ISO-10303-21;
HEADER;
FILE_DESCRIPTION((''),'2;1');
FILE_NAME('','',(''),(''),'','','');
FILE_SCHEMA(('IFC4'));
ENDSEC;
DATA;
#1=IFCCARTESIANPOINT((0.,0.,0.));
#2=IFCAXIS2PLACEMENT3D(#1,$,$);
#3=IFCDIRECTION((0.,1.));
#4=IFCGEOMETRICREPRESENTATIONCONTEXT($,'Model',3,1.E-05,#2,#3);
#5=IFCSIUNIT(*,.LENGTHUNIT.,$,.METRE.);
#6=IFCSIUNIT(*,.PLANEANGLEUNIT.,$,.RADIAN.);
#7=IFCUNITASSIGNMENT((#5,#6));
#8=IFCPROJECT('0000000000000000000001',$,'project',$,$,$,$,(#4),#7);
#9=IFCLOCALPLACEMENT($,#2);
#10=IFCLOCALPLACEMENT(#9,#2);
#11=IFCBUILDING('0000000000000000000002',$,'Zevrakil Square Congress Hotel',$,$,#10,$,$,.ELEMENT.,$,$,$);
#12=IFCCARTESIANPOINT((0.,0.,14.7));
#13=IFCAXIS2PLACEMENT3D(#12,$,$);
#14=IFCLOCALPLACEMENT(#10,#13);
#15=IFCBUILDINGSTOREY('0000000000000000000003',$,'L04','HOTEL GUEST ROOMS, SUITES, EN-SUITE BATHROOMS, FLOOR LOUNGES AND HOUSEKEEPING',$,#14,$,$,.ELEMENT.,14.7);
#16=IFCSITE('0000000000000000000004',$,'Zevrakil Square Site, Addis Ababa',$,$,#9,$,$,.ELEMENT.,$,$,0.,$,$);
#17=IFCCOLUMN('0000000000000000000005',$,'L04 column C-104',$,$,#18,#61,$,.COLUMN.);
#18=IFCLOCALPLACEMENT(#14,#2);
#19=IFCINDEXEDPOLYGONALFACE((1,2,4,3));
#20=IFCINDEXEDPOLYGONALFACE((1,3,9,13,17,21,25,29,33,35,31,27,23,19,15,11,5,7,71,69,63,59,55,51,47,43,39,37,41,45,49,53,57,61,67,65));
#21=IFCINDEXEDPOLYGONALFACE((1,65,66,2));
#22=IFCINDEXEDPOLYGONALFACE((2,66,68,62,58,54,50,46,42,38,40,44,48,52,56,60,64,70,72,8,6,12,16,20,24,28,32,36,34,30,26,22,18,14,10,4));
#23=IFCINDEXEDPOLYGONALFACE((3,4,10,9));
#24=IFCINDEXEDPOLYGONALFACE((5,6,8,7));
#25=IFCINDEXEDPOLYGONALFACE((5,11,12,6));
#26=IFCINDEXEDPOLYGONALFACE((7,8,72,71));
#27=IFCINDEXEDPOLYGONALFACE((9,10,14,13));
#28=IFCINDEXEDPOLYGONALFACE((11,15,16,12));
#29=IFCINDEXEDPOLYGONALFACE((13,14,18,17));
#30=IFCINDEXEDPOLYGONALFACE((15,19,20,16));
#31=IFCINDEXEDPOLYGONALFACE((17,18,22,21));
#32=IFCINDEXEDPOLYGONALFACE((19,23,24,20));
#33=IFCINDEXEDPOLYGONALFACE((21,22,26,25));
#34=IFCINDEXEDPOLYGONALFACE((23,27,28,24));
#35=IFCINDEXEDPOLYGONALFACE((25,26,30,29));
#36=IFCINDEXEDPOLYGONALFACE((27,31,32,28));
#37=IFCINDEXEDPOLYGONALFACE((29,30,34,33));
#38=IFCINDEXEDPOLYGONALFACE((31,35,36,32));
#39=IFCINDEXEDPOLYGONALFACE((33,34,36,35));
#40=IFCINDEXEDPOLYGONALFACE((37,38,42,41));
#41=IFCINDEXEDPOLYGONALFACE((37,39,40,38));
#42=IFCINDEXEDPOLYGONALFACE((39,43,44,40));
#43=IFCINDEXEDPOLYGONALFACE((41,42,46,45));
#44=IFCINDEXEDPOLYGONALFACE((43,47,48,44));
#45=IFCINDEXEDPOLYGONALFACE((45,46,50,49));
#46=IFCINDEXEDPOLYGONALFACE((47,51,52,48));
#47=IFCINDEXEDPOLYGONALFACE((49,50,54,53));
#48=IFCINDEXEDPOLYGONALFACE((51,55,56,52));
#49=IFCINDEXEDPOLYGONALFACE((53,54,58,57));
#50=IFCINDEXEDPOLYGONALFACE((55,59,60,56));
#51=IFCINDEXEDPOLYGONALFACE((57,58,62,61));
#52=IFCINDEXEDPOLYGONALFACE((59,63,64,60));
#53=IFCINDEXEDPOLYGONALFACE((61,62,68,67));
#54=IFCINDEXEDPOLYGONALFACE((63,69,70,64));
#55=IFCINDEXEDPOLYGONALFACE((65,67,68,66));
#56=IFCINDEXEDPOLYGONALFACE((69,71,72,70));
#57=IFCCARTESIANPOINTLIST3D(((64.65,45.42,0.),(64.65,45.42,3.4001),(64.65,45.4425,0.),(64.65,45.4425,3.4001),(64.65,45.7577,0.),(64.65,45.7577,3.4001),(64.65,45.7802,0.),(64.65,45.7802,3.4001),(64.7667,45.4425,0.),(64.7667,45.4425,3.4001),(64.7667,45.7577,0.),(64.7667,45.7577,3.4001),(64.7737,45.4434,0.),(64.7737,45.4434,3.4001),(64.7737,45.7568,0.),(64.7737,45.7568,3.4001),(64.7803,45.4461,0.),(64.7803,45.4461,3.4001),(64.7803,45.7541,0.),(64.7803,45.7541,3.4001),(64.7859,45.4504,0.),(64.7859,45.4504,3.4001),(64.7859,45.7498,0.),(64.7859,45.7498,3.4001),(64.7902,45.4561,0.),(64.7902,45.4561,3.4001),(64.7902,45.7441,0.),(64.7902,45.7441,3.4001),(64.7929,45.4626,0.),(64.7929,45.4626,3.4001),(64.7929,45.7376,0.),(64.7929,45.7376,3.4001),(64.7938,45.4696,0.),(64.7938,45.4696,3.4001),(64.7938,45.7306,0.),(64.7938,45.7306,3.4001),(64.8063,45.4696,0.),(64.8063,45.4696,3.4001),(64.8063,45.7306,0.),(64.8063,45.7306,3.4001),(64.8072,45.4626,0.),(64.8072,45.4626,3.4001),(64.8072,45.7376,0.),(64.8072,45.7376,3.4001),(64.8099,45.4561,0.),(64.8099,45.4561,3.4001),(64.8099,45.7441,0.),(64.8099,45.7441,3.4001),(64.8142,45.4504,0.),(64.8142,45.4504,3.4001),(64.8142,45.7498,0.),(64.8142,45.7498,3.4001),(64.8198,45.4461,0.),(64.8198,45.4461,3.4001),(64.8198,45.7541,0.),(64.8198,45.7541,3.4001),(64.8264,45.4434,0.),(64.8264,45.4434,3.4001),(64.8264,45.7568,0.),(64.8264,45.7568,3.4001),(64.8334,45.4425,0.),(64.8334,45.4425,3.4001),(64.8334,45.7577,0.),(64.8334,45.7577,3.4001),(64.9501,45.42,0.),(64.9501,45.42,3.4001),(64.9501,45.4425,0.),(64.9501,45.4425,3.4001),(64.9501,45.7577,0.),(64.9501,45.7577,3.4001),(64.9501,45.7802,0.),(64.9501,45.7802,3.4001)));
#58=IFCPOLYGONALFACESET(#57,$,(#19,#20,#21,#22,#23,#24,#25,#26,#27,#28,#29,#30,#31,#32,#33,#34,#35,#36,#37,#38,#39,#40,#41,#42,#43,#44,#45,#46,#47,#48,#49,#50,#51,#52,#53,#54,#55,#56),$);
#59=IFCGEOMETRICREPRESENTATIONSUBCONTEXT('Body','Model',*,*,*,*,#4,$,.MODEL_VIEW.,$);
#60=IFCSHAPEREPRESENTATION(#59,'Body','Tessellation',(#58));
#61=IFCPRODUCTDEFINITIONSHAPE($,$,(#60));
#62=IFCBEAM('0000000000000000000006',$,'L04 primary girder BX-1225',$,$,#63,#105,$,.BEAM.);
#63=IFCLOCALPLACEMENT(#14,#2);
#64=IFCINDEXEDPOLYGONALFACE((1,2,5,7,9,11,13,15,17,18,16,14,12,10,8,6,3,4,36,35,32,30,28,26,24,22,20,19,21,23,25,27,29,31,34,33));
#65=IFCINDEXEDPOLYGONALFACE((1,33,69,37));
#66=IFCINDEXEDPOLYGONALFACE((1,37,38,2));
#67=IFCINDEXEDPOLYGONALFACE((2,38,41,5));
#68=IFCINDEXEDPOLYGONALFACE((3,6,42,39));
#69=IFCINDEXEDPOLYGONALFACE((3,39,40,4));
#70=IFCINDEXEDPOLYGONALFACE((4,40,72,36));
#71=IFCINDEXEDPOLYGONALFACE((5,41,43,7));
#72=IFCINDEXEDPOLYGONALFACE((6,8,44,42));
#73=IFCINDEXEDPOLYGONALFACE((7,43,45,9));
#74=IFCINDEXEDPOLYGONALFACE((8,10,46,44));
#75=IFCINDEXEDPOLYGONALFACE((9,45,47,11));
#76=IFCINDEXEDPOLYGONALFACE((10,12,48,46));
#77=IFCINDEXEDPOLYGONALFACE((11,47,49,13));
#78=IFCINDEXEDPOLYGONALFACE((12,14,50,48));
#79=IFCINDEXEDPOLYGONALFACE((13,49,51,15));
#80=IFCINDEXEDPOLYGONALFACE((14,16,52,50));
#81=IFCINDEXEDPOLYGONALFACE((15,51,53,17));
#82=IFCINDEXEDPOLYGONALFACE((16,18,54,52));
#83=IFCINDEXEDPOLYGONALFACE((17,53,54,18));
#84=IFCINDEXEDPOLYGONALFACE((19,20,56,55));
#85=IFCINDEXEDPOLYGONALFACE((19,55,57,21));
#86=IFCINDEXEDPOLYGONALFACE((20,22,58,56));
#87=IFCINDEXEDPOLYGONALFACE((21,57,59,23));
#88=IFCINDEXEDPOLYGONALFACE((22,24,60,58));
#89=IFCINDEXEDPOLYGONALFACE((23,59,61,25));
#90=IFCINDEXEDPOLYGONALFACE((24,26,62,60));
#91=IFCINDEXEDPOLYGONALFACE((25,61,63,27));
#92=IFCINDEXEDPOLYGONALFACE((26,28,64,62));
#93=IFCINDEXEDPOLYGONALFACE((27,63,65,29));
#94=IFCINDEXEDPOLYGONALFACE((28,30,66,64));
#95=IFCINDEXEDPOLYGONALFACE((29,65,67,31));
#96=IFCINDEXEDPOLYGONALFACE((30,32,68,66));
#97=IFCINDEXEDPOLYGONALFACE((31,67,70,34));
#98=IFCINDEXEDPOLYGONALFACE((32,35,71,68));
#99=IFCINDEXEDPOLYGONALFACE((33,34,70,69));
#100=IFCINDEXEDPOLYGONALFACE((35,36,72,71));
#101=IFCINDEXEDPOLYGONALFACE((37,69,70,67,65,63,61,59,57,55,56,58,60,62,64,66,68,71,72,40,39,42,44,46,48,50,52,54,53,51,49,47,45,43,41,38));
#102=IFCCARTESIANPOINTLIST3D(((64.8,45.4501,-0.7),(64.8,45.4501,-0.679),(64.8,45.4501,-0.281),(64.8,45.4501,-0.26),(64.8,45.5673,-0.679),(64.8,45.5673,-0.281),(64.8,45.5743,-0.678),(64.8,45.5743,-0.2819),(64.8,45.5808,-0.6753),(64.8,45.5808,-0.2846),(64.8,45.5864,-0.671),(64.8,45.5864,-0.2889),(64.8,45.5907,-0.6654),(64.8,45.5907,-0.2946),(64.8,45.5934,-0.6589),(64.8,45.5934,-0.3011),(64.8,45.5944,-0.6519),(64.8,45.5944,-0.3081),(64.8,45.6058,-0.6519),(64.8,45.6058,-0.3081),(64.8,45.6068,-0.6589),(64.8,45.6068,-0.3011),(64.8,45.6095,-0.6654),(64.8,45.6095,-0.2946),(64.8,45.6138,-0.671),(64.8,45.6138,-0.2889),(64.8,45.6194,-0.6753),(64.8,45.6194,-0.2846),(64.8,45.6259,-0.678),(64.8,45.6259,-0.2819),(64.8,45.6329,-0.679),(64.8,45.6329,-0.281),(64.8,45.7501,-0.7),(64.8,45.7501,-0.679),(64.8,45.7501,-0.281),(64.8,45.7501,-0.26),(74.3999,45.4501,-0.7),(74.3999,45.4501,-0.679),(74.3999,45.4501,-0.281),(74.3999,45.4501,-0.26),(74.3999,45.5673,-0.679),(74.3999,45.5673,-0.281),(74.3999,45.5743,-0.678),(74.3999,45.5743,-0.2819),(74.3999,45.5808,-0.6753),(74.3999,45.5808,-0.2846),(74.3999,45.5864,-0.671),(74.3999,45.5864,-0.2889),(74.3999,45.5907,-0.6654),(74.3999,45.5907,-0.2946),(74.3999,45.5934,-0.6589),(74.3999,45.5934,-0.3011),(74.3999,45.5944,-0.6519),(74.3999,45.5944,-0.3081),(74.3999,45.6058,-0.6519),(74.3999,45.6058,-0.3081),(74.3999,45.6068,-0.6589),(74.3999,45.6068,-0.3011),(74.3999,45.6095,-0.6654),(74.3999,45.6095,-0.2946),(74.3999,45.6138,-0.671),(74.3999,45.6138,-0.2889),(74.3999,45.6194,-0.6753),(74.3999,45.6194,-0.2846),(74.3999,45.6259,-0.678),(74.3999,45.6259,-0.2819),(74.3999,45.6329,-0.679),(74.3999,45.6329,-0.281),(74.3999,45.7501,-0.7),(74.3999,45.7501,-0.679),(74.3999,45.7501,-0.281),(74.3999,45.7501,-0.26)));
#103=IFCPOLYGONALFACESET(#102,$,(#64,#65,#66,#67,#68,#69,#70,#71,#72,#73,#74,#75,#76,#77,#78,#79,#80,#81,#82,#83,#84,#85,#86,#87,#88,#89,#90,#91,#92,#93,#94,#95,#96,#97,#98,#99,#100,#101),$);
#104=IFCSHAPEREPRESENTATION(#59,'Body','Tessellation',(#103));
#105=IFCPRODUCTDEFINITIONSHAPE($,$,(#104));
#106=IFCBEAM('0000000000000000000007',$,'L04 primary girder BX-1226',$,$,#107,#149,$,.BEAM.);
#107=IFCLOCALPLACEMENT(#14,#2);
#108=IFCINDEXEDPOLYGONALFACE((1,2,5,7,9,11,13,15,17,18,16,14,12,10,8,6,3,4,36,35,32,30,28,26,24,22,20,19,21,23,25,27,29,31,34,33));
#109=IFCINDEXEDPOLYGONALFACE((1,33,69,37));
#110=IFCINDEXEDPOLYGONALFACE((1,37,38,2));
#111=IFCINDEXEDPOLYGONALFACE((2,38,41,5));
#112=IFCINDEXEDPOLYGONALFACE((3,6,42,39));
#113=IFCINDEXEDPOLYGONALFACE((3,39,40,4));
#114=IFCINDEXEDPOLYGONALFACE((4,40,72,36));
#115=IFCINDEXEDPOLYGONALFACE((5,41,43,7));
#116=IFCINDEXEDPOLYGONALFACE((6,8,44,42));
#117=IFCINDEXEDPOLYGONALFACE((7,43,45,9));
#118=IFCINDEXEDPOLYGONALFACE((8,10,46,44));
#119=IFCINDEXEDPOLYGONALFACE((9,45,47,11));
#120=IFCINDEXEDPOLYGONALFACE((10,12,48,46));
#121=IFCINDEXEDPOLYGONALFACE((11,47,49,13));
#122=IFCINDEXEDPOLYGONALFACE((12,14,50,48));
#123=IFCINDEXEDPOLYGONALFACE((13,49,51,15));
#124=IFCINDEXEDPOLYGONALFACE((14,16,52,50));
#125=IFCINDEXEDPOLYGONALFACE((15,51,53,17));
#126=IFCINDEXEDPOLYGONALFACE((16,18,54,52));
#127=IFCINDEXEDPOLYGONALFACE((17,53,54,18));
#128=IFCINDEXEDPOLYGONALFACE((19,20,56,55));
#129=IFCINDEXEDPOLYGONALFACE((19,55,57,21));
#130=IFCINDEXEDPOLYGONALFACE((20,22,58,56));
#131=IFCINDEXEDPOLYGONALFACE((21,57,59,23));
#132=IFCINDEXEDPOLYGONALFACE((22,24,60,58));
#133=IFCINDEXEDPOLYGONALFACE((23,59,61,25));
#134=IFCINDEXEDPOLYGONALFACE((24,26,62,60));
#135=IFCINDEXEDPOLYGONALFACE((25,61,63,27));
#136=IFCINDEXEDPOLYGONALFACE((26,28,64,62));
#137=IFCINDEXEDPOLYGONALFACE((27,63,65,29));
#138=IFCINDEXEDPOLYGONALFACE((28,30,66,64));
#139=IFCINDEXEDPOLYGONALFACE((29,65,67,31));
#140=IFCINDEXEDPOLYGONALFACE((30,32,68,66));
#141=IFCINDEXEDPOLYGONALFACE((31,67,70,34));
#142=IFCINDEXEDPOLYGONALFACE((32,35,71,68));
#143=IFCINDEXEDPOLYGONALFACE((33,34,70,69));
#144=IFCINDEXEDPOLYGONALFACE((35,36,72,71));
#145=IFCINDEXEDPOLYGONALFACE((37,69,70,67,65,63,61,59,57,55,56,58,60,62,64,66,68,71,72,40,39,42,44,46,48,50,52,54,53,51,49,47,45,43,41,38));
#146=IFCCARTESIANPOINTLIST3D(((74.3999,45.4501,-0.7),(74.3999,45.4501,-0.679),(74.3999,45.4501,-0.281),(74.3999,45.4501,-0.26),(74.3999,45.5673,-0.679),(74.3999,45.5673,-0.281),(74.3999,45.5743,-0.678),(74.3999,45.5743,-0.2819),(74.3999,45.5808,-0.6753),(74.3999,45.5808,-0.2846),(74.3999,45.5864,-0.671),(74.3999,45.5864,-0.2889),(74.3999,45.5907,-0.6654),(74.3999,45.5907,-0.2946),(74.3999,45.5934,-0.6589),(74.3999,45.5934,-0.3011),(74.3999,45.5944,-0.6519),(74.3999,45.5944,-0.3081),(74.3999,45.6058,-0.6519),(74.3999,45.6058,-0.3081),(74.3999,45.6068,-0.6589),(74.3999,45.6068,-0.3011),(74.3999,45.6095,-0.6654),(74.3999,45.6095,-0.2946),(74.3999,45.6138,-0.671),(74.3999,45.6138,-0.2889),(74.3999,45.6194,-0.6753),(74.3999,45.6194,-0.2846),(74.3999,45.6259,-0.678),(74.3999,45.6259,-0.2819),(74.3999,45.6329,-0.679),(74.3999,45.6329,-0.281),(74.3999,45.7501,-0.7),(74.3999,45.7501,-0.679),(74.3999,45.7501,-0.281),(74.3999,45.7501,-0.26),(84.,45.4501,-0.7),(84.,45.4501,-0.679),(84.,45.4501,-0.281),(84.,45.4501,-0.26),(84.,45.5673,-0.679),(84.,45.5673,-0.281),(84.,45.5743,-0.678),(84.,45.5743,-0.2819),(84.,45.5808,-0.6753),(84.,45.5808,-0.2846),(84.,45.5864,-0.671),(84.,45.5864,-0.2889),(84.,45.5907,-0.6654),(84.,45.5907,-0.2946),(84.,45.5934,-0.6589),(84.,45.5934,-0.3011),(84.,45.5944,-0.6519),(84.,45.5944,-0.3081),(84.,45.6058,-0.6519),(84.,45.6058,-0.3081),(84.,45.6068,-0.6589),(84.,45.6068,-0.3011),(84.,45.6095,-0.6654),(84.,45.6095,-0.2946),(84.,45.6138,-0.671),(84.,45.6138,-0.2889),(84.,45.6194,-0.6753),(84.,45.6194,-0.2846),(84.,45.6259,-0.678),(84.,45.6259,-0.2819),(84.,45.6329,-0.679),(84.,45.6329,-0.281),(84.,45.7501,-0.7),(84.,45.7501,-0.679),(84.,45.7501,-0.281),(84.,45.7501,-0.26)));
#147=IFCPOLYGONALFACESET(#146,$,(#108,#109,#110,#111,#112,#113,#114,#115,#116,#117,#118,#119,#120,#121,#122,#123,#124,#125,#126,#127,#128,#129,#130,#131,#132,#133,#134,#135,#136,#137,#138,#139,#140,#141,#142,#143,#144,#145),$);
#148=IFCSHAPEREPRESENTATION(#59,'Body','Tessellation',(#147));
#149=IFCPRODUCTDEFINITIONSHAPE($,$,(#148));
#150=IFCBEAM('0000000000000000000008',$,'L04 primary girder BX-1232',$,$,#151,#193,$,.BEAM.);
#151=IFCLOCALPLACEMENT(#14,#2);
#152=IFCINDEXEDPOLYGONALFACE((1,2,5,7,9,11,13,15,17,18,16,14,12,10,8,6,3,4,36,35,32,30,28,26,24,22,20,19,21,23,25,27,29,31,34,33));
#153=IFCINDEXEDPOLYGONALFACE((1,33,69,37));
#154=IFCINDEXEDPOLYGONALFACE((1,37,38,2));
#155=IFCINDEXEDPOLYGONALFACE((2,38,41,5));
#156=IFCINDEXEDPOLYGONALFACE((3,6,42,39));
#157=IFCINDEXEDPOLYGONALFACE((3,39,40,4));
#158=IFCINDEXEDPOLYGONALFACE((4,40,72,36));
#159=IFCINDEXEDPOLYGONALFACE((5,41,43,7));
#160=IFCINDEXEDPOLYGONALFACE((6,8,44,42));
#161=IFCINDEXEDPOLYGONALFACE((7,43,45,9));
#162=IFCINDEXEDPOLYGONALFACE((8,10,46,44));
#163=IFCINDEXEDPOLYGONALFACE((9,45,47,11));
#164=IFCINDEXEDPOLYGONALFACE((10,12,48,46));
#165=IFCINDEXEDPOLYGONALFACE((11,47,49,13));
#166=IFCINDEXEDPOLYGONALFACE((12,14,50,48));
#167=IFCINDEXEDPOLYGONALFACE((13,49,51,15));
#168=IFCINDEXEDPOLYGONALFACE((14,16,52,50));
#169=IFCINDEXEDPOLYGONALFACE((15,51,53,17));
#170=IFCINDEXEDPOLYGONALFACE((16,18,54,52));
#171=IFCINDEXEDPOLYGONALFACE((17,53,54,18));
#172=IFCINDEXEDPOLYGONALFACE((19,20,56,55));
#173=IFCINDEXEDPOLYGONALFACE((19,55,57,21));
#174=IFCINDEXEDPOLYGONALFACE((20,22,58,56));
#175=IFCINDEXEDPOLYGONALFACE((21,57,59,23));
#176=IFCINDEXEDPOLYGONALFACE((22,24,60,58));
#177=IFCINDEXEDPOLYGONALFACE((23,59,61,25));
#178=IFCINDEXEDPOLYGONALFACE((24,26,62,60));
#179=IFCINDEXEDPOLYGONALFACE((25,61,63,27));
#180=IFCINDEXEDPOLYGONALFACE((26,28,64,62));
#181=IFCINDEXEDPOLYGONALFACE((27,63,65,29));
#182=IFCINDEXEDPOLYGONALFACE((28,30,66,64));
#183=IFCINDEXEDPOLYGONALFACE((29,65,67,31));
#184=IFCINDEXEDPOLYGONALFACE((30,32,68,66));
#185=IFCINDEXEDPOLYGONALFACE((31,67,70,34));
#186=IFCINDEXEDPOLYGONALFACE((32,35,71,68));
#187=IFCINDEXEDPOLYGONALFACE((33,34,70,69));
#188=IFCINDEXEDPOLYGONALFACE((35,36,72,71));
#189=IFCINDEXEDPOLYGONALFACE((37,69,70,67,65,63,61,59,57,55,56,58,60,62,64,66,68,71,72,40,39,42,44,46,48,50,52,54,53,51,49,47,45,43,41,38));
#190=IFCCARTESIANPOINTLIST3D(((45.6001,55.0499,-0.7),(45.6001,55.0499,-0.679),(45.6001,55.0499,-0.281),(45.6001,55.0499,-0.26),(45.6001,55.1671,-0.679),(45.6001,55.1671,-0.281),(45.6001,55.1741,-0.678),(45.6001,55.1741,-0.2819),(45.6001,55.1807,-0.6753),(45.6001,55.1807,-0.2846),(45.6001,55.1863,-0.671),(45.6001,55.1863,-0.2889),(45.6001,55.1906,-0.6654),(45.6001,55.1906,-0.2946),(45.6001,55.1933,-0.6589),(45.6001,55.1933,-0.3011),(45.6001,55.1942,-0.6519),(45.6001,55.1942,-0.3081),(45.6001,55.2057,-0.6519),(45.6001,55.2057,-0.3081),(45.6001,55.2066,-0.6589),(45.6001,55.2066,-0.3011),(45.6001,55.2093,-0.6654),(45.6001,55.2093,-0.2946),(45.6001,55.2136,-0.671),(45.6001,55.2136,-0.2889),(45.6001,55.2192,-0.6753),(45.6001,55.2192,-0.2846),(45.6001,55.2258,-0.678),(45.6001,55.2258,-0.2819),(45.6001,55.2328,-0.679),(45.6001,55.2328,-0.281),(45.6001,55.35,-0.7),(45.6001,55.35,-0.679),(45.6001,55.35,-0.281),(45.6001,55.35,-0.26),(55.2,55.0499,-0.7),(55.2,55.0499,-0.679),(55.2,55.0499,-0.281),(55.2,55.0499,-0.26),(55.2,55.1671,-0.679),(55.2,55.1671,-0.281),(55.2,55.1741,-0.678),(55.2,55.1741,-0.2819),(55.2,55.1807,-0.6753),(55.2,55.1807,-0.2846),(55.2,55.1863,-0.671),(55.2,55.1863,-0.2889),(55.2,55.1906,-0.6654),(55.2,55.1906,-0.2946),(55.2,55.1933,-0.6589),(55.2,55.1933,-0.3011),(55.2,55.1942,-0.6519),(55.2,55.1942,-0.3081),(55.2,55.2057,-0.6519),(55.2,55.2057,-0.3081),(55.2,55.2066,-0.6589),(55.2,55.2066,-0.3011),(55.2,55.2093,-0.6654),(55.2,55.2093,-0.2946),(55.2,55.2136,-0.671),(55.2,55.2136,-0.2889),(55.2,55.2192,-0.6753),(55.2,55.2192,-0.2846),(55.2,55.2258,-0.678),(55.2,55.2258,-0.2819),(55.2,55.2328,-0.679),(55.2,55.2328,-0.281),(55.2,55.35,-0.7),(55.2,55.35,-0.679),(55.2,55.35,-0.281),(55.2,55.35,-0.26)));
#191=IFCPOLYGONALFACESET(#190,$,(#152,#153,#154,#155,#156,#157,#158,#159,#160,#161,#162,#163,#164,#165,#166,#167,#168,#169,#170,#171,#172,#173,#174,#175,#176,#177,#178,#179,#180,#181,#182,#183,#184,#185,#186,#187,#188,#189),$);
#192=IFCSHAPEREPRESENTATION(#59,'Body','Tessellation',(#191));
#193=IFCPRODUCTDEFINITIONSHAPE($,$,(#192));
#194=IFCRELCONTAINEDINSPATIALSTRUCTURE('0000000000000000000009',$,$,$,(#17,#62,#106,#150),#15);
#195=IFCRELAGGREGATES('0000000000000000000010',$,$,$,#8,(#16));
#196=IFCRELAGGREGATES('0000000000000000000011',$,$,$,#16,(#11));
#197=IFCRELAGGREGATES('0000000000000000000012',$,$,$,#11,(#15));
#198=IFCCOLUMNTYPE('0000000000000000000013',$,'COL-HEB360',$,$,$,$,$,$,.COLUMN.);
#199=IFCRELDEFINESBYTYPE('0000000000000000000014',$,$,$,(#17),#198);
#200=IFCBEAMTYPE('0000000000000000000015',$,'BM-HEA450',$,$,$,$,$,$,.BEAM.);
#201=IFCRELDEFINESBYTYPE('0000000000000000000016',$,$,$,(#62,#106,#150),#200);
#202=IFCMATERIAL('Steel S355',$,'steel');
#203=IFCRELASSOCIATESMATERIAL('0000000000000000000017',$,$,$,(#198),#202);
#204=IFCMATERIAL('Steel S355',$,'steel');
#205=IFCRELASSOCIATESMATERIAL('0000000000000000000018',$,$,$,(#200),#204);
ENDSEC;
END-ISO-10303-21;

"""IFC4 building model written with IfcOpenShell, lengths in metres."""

from ifc_helpers import new_model, si_unit, direction, frame, origin, origin_2d, place, context, subcontext, project, spatial, i_section, extrude, material, material_profile, profile_set, type_object, element, save


model = new_model("IFC4")

# Units and contexts
model_context = context("Model", 3, precision=1e-05, world=origin(), true_north=direction((0.0, 1.0)))
body_context = subcontext(model_context, "Body", "Model", "MODEL_VIEW")
ifc_project = project(units=[si_unit("LENGTHUNIT", "METRE"), si_unit("PLANEANGLEUNIT", "RADIAN")], contexts=[model_context])

# Site, building, storey
site_placement = place(None, origin())
site = spatial("IfcSite", under=ifc_project, at=site_placement, Name="Zevrakil Square Site, Addis Ababa", CompositionType="ELEMENT", RefElevation=0.0)
building_placement = place(site_placement, origin())
building = spatial("IfcBuilding", under=site, at=building_placement, Name="Zevrakil Square Congress Hotel", CompositionType="ELEMENT")
storey_placement = place(building_placement, frame((0.0, 0.0, 14.7)))
storey = spatial("IfcBuildingStorey", under=building, at=storey_placement, Name="L04", Description="HOTEL GUEST ROOMS, SUITES, EN-SUITE BATHROOMS, FLOOR LOUNGES AND HOUSEKEEPING", CompositionType="ELEMENT", Elevation=14.7)

# Column
ifc_material_1 = material(Name="Steel S355", Category="steel")
ifc_material_profile_1 = material_profile(ifc_material_1, i_section(OverallWidth=0.3, OverallDepth=0.3601, WebThickness=0.0125, FlangeThickness=0.0225, FilletRadius=0.0271, at=origin_2d()), Name="HEB 360")
ifc_profile_set_1 = profile_set([ifc_material_profile_1], Name="Steel S355")
column_type = type_object("IfcColumnType", Name="COL-HEB360", PredefinedType="COLUMN", material=ifc_profile_set_1)
column_placement = place(storey_placement, frame((64.8, 45.6001, 0.0), z_axis=(0.0, 0.0, 1.0), x_axis=(1.0, 0.0, 0.0)))
element("IfcColumn", 1, at=column_placement, inside=storey, type_object=column_type, Name="L04 column C-104", PredefinedType="COLUMN", context=body_context, shape_type="SweptSolid", body=[
    extrude(i_section(OverallWidth=0.3, OverallDepth=0.3601, WebThickness=0.0125, FlangeThickness=0.0225, FilletRadius=0.0271, at=origin_2d()), origin(), (0.0, 0.0, 1.0), 3.4001),
])

# Beams
ifc_material_2 = material(Name="Steel S355", Category="steel")
ifc_material_profile_2 = material_profile(ifc_material_2, i_section(OverallWidth=0.3, OverallDepth=0.4399, WebThickness=0.0115, FlangeThickness=0.021, FilletRadius=0.0271, at=origin_2d()), Name="HEA 450")
ifc_profile_set_2 = profile_set([ifc_material_profile_2], Name="Steel S355")
beam_type_1 = type_object("IfcBeamType", Name="BM-HEA450", PredefinedType="BEAM", material=ifc_profile_set_2)
beam_1_placement = place(storey_placement, frame((64.8, 45.6001, -0.48), z_axis=(1.0, 0.0, 0.0), x_axis=(0.0, 1.0, 0.0)))
element("IfcBeam", 2, at=beam_1_placement, inside=storey, type_object=beam_type_1, Name="L04 primary girder BX-1225", PredefinedType="BEAM", context=body_context, shape_type="SweptSolid", body=[
    extrude(i_section(OverallWidth=0.3, OverallDepth=0.4399, WebThickness=0.0115, FlangeThickness=0.021, FilletRadius=0.0271, at=origin_2d()), origin(), (0.0, 0.0, 1.0), 9.5999),
])
beam_2_placement = place(storey_placement, frame((74.3999, 45.6001, -0.48), z_axis=(1.0, 0.0, 0.0), x_axis=(0.0, 1.0, 0.0)))
element("IfcBeam", 3, at=beam_2_placement, inside=storey, type_object=beam_type_1, Name="L04 primary girder BX-1226", PredefinedType="BEAM", context=body_context, shape_type="SweptSolid", body=[
    extrude(i_section(OverallWidth=0.3, OverallDepth=0.4399, WebThickness=0.0115, FlangeThickness=0.021, FilletRadius=0.0271, at=origin_2d()), origin(), (0.0, 0.0, 1.0), 9.6001),
])
beam_3_placement = place(storey_placement, frame((45.6001, 55.2, -0.48), z_axis=(1.0, 0.0, 0.0), x_axis=(0.0, 1.0, 0.0)))
element("IfcBeam", 4, at=beam_3_placement, inside=storey, type_object=beam_type_1, Name="L04 primary girder BX-1232", PredefinedType="BEAM", context=body_context, shape_type="SweptSolid", body=[
    extrude(i_section(OverallWidth=0.3, OverallDepth=0.4399, WebThickness=0.0115, FlangeThickness=0.021, FilletRadius=0.0271, at=origin_2d()), origin(), (0.0, 0.0, 1.0), 9.5999),
])

save(model, "model.ifc")
